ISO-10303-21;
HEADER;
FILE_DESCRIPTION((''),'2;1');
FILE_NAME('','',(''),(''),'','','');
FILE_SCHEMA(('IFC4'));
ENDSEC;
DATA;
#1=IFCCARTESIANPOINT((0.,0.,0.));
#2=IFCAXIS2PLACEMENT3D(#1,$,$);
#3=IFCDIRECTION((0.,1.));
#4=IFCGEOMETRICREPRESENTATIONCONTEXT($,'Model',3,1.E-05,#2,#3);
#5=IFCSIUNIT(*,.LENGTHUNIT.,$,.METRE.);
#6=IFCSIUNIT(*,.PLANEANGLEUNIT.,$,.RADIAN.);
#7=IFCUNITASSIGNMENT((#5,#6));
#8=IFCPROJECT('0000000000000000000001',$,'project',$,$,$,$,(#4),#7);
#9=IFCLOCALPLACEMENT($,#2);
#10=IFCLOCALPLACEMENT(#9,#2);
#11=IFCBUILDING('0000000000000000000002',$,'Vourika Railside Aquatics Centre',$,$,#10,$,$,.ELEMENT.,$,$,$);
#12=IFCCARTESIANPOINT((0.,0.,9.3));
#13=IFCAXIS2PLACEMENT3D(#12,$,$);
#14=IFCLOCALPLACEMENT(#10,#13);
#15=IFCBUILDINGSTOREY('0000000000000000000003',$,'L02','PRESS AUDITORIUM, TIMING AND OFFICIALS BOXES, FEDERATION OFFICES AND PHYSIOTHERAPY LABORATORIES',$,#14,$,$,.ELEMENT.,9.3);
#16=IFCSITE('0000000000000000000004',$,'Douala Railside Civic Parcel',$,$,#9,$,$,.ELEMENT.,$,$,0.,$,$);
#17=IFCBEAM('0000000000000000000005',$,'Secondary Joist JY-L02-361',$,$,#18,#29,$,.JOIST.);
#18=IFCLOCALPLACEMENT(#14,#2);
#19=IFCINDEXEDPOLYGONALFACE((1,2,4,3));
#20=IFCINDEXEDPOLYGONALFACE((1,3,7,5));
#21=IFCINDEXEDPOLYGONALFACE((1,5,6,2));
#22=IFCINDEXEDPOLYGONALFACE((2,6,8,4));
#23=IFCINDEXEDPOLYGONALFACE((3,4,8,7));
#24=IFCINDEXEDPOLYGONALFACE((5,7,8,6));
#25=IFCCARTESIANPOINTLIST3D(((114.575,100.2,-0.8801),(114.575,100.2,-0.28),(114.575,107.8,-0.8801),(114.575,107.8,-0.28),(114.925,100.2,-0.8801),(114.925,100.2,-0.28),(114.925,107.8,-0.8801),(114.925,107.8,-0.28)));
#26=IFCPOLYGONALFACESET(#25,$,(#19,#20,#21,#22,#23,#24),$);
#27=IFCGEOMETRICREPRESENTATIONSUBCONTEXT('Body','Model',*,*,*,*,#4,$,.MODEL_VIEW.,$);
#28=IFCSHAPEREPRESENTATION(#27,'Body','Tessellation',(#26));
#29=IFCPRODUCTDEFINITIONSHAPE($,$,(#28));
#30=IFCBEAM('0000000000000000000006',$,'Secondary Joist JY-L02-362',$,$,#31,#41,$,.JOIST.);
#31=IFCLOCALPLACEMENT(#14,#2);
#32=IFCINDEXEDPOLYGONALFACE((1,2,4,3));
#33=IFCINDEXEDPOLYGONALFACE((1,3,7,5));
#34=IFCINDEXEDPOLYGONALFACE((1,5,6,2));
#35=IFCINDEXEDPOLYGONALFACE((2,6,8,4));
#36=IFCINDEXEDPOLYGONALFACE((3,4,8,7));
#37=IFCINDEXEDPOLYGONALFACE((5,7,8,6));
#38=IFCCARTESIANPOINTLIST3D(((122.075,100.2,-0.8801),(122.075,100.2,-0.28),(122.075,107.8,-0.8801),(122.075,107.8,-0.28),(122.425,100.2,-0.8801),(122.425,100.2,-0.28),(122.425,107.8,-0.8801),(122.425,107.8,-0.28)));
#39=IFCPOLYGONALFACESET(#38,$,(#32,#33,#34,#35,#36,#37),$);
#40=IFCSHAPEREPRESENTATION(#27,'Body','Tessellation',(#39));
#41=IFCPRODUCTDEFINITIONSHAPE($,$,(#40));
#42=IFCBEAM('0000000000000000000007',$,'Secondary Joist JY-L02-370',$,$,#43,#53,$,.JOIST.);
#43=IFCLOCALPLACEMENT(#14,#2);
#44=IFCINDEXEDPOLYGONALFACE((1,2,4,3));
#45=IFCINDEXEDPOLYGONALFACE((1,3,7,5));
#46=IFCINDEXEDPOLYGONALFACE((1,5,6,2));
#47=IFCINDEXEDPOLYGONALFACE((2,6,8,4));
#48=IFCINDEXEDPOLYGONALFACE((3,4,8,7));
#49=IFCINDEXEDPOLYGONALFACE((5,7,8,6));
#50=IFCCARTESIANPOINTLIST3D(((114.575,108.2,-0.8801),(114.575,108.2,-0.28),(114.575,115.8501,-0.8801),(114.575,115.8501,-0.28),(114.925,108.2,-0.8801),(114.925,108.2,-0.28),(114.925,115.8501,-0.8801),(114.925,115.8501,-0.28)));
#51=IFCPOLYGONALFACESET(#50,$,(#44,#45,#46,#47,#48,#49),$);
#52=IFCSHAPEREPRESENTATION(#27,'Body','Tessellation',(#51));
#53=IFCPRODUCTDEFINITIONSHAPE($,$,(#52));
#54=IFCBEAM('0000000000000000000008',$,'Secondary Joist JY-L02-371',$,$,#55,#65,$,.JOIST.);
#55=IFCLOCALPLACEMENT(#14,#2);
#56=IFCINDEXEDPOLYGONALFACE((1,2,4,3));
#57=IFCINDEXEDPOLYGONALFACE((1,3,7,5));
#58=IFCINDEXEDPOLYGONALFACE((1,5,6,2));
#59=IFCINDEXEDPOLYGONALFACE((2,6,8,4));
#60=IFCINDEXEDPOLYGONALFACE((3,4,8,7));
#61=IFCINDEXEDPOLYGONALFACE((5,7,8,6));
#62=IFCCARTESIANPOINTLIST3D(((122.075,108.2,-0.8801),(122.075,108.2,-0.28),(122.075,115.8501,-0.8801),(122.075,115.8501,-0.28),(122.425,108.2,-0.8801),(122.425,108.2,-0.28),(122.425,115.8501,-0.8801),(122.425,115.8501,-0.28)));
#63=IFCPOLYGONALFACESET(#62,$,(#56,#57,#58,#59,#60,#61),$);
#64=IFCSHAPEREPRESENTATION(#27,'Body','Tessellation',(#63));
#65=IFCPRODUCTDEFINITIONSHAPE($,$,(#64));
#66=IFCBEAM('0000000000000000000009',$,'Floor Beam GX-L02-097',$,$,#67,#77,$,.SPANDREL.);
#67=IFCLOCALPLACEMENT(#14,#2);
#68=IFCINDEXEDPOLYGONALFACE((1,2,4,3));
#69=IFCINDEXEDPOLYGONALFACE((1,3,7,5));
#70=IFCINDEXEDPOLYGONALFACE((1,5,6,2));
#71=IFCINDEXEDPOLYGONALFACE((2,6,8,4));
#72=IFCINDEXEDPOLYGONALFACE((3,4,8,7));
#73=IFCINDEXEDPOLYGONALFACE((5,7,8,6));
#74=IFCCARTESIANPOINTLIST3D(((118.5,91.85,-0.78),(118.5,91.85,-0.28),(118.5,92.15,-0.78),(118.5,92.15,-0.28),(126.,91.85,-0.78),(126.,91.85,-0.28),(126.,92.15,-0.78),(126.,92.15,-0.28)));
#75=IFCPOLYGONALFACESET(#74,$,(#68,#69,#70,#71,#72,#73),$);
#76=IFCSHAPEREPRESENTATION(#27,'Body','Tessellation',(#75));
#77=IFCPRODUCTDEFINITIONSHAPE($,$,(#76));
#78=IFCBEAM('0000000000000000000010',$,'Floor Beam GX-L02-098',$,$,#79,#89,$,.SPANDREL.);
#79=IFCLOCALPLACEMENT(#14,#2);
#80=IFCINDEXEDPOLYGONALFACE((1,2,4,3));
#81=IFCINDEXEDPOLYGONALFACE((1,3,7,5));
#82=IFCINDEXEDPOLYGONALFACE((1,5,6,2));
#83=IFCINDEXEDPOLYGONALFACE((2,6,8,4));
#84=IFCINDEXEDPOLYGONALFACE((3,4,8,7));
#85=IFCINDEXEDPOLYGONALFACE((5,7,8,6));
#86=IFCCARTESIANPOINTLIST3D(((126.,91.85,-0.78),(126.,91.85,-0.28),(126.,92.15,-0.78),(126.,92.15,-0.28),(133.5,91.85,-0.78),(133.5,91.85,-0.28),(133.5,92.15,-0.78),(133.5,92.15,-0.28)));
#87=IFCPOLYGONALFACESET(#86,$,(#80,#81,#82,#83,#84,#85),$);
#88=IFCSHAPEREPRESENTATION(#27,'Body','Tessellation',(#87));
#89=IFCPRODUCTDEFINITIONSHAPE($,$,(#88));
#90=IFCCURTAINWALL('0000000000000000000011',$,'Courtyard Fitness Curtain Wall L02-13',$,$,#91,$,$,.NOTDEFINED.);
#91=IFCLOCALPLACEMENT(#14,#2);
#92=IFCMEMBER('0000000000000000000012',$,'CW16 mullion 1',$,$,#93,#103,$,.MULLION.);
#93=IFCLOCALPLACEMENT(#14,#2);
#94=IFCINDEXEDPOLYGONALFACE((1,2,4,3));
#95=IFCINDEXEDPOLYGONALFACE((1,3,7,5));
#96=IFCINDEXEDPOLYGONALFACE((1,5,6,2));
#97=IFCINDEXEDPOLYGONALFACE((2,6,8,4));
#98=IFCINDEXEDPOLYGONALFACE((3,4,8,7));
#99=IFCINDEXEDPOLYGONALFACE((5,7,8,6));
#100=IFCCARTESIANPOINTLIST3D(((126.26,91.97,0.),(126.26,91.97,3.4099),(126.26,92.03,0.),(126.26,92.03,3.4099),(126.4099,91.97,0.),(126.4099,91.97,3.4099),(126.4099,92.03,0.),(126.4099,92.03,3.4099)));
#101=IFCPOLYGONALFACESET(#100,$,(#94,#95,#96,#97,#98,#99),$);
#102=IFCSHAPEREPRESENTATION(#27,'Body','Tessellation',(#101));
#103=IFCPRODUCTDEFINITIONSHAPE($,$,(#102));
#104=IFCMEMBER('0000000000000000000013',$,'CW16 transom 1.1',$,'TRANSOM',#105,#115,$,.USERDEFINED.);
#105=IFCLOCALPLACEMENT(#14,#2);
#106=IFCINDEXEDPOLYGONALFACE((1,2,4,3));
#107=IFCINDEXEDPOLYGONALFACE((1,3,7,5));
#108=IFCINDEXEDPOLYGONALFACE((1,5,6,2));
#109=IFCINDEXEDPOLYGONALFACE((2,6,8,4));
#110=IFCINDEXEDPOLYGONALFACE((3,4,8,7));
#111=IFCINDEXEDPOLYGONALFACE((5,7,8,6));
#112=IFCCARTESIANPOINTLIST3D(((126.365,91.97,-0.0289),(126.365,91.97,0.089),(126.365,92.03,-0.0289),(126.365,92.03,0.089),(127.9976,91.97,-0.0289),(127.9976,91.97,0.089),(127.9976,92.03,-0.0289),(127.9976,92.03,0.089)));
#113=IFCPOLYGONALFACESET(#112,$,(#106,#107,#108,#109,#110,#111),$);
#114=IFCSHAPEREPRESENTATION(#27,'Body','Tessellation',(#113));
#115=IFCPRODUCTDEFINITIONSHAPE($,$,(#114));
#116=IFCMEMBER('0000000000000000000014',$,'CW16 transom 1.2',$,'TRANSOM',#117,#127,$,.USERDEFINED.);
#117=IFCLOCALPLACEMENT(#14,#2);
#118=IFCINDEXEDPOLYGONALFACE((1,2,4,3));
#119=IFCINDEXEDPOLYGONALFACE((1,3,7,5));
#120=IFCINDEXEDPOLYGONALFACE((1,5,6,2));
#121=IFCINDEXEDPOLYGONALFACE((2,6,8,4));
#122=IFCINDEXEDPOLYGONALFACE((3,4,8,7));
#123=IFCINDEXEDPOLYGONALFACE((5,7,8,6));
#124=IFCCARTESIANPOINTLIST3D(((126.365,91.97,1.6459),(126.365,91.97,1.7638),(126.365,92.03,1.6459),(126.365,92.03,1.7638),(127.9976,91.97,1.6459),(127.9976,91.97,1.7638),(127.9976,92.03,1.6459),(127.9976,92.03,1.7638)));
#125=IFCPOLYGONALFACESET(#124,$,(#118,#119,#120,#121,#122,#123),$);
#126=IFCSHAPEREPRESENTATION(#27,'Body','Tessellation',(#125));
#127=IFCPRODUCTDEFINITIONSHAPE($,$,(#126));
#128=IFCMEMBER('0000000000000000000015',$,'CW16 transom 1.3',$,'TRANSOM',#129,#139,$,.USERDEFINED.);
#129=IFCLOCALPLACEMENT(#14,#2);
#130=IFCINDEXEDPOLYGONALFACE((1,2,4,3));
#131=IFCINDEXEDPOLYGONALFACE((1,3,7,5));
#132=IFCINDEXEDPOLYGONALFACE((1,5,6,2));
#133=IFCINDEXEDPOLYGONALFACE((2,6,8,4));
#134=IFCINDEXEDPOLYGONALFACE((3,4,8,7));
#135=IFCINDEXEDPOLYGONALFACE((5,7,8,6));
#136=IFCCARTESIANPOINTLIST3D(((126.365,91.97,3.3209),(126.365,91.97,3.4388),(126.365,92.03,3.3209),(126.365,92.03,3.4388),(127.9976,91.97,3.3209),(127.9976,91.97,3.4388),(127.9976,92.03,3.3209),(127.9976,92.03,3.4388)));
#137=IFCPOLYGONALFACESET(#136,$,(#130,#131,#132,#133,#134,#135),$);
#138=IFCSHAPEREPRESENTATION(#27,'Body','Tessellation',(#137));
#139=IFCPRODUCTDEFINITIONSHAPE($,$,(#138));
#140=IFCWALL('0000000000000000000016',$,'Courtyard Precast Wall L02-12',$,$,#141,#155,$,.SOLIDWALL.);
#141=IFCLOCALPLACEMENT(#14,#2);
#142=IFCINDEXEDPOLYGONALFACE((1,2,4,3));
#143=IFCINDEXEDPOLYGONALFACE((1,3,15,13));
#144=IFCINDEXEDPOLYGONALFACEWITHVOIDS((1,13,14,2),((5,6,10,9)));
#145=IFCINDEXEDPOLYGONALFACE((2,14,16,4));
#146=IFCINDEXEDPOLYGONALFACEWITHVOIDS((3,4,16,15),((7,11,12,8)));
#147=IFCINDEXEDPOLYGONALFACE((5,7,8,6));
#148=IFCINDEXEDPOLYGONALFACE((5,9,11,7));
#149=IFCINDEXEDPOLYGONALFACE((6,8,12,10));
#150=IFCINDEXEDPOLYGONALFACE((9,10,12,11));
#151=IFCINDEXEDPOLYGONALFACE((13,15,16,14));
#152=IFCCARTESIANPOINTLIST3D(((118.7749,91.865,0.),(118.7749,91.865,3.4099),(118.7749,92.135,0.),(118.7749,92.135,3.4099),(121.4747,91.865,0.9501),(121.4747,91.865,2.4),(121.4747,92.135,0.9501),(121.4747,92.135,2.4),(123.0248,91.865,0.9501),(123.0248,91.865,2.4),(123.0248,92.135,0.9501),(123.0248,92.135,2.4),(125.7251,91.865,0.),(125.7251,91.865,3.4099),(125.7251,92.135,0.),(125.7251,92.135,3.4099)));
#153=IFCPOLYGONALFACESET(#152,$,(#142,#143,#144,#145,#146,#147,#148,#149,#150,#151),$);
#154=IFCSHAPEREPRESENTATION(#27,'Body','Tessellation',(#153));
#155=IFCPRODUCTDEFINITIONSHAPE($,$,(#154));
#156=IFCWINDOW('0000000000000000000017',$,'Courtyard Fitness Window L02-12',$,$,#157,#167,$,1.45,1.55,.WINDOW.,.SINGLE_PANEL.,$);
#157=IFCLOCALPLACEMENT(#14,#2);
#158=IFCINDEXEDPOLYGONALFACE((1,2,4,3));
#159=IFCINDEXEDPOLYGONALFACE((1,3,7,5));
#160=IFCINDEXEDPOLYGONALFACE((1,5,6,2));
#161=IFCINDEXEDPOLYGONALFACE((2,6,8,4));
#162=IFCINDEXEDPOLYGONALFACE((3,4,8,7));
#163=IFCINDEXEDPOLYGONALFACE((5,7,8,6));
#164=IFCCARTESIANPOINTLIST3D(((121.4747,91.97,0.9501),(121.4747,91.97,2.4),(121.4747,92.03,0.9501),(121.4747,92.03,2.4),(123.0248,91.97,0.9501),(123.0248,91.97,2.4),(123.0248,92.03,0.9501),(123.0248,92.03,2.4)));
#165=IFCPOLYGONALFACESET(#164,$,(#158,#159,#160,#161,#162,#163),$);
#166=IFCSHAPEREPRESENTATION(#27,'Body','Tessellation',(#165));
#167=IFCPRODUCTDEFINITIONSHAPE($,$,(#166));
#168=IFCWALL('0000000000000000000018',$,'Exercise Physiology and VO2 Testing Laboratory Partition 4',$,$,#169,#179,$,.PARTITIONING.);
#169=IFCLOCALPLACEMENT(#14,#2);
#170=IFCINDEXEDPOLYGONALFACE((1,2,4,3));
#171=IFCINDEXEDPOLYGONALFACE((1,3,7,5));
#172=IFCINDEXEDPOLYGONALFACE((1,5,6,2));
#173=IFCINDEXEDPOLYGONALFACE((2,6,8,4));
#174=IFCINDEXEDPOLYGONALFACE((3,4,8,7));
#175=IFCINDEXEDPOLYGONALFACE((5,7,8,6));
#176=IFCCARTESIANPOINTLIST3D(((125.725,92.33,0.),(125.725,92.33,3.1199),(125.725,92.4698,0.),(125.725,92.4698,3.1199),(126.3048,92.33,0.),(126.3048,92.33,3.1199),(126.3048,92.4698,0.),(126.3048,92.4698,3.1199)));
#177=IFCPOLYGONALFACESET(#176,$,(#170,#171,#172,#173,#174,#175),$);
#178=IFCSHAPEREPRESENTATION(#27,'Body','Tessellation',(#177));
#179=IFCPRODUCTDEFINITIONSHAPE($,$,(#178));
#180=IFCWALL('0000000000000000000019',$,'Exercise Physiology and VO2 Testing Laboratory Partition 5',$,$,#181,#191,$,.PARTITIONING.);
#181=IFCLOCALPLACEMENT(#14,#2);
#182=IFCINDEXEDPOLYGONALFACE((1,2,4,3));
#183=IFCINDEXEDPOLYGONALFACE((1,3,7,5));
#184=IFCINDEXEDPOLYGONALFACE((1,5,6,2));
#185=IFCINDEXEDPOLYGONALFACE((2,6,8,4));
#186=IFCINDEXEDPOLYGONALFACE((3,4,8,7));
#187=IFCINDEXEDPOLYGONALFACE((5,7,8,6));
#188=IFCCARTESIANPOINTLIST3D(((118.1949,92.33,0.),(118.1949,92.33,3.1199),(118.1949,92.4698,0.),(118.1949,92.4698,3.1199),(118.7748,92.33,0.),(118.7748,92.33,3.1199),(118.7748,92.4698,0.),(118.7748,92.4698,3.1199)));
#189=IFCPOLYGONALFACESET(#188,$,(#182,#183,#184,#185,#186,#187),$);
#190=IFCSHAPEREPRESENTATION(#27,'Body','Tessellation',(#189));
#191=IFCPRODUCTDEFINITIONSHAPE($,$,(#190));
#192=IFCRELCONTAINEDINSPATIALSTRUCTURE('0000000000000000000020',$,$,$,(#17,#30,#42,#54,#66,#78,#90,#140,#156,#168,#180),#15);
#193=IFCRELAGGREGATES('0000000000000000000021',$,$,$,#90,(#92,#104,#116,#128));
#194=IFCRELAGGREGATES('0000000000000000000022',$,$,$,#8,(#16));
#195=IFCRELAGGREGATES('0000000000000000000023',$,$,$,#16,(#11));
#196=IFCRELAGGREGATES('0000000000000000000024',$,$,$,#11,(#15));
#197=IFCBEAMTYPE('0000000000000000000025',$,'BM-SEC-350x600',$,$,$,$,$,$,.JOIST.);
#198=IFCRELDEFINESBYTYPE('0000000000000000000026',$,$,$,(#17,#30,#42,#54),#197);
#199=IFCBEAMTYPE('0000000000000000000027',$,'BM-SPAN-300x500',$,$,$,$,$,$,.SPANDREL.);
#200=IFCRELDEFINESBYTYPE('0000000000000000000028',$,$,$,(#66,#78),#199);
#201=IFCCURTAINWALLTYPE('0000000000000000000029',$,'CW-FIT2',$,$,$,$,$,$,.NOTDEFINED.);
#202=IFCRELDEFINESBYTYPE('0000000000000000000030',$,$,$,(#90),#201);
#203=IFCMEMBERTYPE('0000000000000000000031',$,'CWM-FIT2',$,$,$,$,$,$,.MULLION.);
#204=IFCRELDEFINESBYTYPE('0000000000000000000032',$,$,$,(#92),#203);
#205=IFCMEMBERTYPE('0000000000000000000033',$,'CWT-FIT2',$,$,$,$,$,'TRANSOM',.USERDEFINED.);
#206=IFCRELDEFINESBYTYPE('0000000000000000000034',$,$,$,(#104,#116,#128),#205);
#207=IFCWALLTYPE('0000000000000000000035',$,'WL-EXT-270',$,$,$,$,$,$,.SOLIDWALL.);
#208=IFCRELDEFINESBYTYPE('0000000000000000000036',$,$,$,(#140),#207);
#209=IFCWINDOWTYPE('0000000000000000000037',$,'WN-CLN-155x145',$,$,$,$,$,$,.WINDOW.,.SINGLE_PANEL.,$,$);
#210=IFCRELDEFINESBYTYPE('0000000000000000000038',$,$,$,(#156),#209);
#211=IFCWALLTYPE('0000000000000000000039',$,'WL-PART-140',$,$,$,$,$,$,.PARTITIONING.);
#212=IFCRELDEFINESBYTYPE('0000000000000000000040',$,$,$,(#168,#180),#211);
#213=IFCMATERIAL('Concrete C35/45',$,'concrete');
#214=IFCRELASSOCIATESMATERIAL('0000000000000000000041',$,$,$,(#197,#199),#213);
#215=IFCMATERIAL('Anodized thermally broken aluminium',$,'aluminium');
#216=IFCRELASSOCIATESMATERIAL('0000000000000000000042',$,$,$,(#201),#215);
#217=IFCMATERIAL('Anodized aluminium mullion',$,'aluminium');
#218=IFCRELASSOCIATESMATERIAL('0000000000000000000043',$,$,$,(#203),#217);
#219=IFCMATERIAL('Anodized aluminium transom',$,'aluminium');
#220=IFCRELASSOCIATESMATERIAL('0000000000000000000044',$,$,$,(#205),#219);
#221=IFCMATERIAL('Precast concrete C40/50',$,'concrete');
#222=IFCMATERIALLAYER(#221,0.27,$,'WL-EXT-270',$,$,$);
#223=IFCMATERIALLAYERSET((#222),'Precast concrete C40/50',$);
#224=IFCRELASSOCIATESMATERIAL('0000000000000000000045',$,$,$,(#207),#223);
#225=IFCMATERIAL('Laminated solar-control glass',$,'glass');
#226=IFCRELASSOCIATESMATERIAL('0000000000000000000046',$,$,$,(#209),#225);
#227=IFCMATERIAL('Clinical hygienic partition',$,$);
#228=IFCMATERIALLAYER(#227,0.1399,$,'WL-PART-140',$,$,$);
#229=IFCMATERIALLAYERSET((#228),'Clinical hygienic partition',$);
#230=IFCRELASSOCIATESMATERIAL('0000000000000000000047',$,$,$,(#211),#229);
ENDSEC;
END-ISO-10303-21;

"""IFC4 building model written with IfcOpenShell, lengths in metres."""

from ifc_helpers import new_model, si_unit, direction, frame, frame_2d, origin, origin_2d, place, context, subcontext, project, spatial, rectangle, extrude, material, layer, layer_set, material_profile, profile_set, type_object, element, fill, aggregate, save


model = new_model("IFC4")

# Units and contexts
model_context = context("Model", 3, precision=1e-05, world=origin(), true_north=direction((0.0, 1.0)))
body_context = subcontext(model_context, "Body", "Model", "MODEL_VIEW")
ifc_project = project(units=[si_unit("LENGTHUNIT", "METRE"), si_unit("PLANEANGLEUNIT", "RADIAN")], contexts=[model_context])

# Site, building, storey
site_placement = place(None, origin())
site = spatial("IfcSite", under=ifc_project, at=site_placement, Name="Douala Railside Civic Parcel", CompositionType="ELEMENT", RefElevation=0.0)
building_placement = place(site_placement, origin())
building = spatial("IfcBuilding", under=site, at=building_placement, Name="Vourika Railside Aquatics Centre", CompositionType="ELEMENT")
storey_placement = place(building_placement, frame((0.0, 0.0, 9.3)))
storey = spatial("IfcBuildingStorey", under=building, at=storey_placement, Name="L02", Description="PRESS AUDITORIUM, TIMING AND OFFICIALS BOXES, FEDERATION OFFICES AND PHYSIOTHERAPY LABORATORIES", CompositionType="ELEMENT", Elevation=9.3)

# Shared definitions
ifc_material_1 = material(Name="Concrete C35/45", Category="concrete")

# Beams
ifc_material_profile_1 = material_profile(ifc_material_1, rectangle(XDim=0.3501, YDim=0.6001, at=origin_2d()), Name="RC 350x600")
ifc_profile_set_1 = profile_set([ifc_material_profile_1], Name="Concrete C35/45")
beam_type_1 = type_object("IfcBeamType", Name="BM-SEC-350x600", PredefinedType="JOIST", material=ifc_profile_set_1)
for number, where, z_axis, x_axis, name in (
    (1, (114.75, 100.2, -0.5801), (0.0, 1.0, 0.0), (-1.0, 0.0, 0.0), "Secondary Joist JY-L02-361"),
    (2, (122.25, 100.2, -0.5801), (0.0, 1.0, 0.0), (-1.0, 0.0, 0.0), "Secondary Joist JY-L02-362"),
):
    element("IfcBeam", number, at=place(storey_placement, frame(where, z_axis=z_axis, x_axis=x_axis)), inside=storey, type_object=beam_type_1, Name=name, PredefinedType="JOIST", context=body_context, shape_type="SweptSolid", body=[
        extrude(rectangle(XDim=0.3501, YDim=0.6001, at=origin_2d()), origin(), (0.0, 0.0, 1.0), 7.6001),
    ])
for number, where, z_axis, x_axis, name in (
    (3, (114.75, 108.2, -0.5801), (0.0, 1.0, 0.0), (-1.0, 0.0, 0.0), "Secondary Joist JY-L02-370"),
    (4, (122.25, 108.2, -0.5801), (0.0, 1.0, 0.0), (-1.0, 0.0, 0.0), "Secondary Joist JY-L02-371"),
):
    element("IfcBeam", number, at=place(storey_placement, frame(where, z_axis=z_axis, x_axis=x_axis)), inside=storey, type_object=beam_type_1, Name=name, PredefinedType="JOIST", context=body_context, shape_type="SweptSolid", body=[
        extrude(rectangle(XDim=0.3501, YDim=0.6001, at=origin_2d()), origin(), (0.0, 0.0, 1.0), 7.6501),
    ])
ifc_material_profile_2 = material_profile(ifc_material_1, rectangle(XDim=0.3, YDim=0.5, at=origin_2d()), Name="RC 300x500")
ifc_profile_set_2 = profile_set([ifc_material_profile_2], Name="Concrete C35/45")
beam_type_2 = type_object("IfcBeamType", Name="BM-SPAN-300x500", PredefinedType="SPANDREL", material=ifc_profile_set_2)
for number, where, z_axis, x_axis, name in (
    (5, (118.5, 92.0, -0.53), (1.0, 0.0, 0.0), (0.0, 1.0, 0.0), "Floor Beam GX-L02-097"),
    (6, (126.0, 92.0, -0.53), (1.0, 0.0, 0.0), (0.0, 1.0, 0.0), "Floor Beam GX-L02-098"),
):
    element("IfcBeam", number, at=place(storey_placement, frame(where, z_axis=z_axis, x_axis=x_axis)), inside=storey, type_object=beam_type_2, Name=name, PredefinedType="SPANDREL", context=body_context, shape_type="SweptSolid", body=[
        extrude(rectangle(XDim=0.3, YDim=0.5, at=origin_2d()), origin(), (0.0, 0.0, 1.0), 7.5),
    ])

# Curtain wall, members
ifc_material_2 = material(Name="Anodized thermally broken aluminium", Category="aluminium")
curtain_wall_type = type_object("IfcCurtainWallType", Name="CW-FIT2", PredefinedType="NOTDEFINED", material=ifc_material_2)
curtain_wall_placement = place(storey_placement, origin())
curtain_wall = element("IfcCurtainWall", 7, at=curtain_wall_placement, inside=storey, type_object=curtain_wall_type, Name="Courtyard Fitness Curtain Wall L02-13", PredefinedType="NOTDEFINED")
ifc_material_3 = material(Name="Anodized aluminium mullion", Category="aluminium")
ifc_material_profile_3 = material_profile(ifc_material_3, rectangle(XDim=0.0601, YDim=0.1499, at=origin_2d()), Name="ALU-M 60x150")
ifc_profile_set_3 = profile_set([ifc_material_profile_3], Name="Anodized aluminium mullion")
member_type_1 = type_object("IfcMemberType", Name="CWM-FIT2", PredefinedType="MULLION", material=ifc_profile_set_3)
member_1_placement = place(storey_placement, frame((126.335, 92.0, 0.0), z_axis=(0.0, 0.0, 1.0), x_axis=(0.0, 1.0, 0.0)))
member_1 = element("IfcMember", 8, at=member_1_placement, type_object=member_type_1, Name="CW16 mullion 1", PredefinedType="MULLION", context=body_context, shape_type="SweptSolid", body=[
    extrude(rectangle(XDim=0.0601, YDim=0.1499, at=origin_2d()), origin(), (0.0, 0.0, 1.0), 3.4099),
])
ifc_material_4 = material(Name="Anodized aluminium transom", Category="aluminium")
ifc_material_profile_4 = material_profile(ifc_material_4, rectangle(XDim=0.0601, YDim=0.1179, at=origin_2d()), Name="ALU-T 60x118")
ifc_profile_set_4 = profile_set([ifc_material_profile_4], Name="Anodized aluminium transom")
member_type_2 = type_object("IfcMemberType", Name="CWT-FIT2", ElementType="TRANSOM", PredefinedType="USERDEFINED", material=ifc_profile_set_4)
member_2_placement = place(storey_placement, frame((126.365, 92.0, 0.03), z_axis=(1.0, 0.0, 0.0), x_axis=(0.0, 1.0, 0.0)))
member_2 = element("IfcMember", 9, at=member_2_placement, type_object=member_type_2, Name="CW16 transom 1.1", ObjectType="TRANSOM", PredefinedType="USERDEFINED", context=body_context, shape_type="SweptSolid", body=[
    extrude(rectangle(XDim=0.0601, YDim=0.1179, at=origin_2d()), origin(), (0.0, 0.0, 1.0), 1.6326),
])
member_3_placement = place(storey_placement, frame((126.365, 92.0, 1.7048), z_axis=(1.0, 0.0, 0.0), x_axis=(0.0, 1.0, 0.0)))
member_3 = element("IfcMember", 10, at=member_3_placement, type_object=member_type_2, Name="CW16 transom 1.2", ObjectType="TRANSOM", PredefinedType="USERDEFINED", context=body_context, shape_type="SweptSolid", body=[
    extrude(rectangle(XDim=0.0601, YDim=0.1179, at=origin_2d()), origin(), (0.0, 0.0, 1.0), 1.6326),
])
member_4_placement = place(storey_placement, frame((126.365, 92.0, 3.3799), z_axis=(1.0, 0.0, 0.0), x_axis=(0.0, 1.0, 0.0)))
member_4 = element("IfcMember", 11, at=member_4_placement, type_object=member_type_2, Name="CW16 transom 1.3", ObjectType="TRANSOM", PredefinedType="USERDEFINED", context=body_context, shape_type="SweptSolid", body=[
    extrude(rectangle(XDim=0.0601, YDim=0.1179, at=origin_2d()), origin(), (0.0, 0.0, 1.0), 1.6326),
])
aggregate(curtain_wall, [member_1, member_2, member_3, member_4])

# Wall, opening, window
ifc_material_5 = material(Name="Precast concrete C40/50", Category="concrete")
ifc_layer_1 = layer(ifc_material_5, 0.27, Name="WL-EXT-270")
ifc_layer_set_1 = layer_set([ifc_layer_1], Name="Precast concrete C40/50")
wall_type_1 = type_object("IfcWallType", Name="WL-EXT-270", PredefinedType="SOLIDWALL", material=ifc_layer_set_1)
wall_placement = place(storey_placement, frame((118.7749, 92.0, 0.0), z_axis=(0.0, 0.0, 1.0), x_axis=(1.0, 0.0, 0.0)))
wall = element("IfcWall", 12, at=wall_placement, inside=storey, type_object=wall_type_1, Name="Courtyard Precast Wall L02-12", PredefinedType="SOLIDWALL", context=body_context, shape_type="SweptSolid", body=[
    extrude(rectangle(XDim=6.9502, YDim=0.27, at=frame_2d((3.4751, 0.0))), origin(), (0.0, 0.0, 1.0), 3.4099),
])
opening_placement = place(wall_placement, frame((2.7, 0.0, 0.95)))
opening = element("IfcOpeningElement", 13, at=opening_placement, cuts=wall, PredefinedType="OPENING", context=body_context, shape_type="SweptSolid", body=[
    extrude(rectangle(XDim=1.55, YDim=1.45, at=frame_2d((0.7749, 0.7251))), frame((0.0, 0.145, 0.0), z_axis=(0.0, -1.0, 0.0), x_axis=(1.0, 0.0, 0.0)), (0.0, 0.0, 1.0), 0.29),
])
ifc_material_6 = material(Name="Laminated solar-control glass", Category="glass")
window_type = type_object("IfcWindowType", Name="WN-CLN-155x145", PartitioningType="SINGLE_PANEL", PredefinedType="WINDOW", material=ifc_material_6)
window_placement = place(opening_placement, origin())
window = element("IfcWindow", 14, at=window_placement, inside=storey, type_object=window_type, Name="Courtyard Fitness Window L02-12", OverallHeight=1.45, OverallWidth=1.55, PartitioningType="SINGLE_PANEL", PredefinedType="WINDOW", context=body_context, shape_type="SweptSolid", body=[
    extrude(rectangle(XDim=1.55, YDim=1.45, at=frame_2d((0.7749, 0.7251))), frame((0.0, 0.03, 0.0), z_axis=(0.0, -1.0, 0.0), x_axis=(1.0, 0.0, 0.0)), (0.0, 0.0, 1.0), 0.0601),
])
fill(opening, window)

# Walls
ifc_material_7 = material(Name="Clinical hygienic partition")
ifc_layer_2 = layer(ifc_material_7, 0.1399, Name="WL-PART-140")
ifc_layer_set_2 = layer_set([ifc_layer_2], Name="Clinical hygienic partition")
wall_type_2 = type_object("IfcWallType", Name="WL-PART-140", PredefinedType="PARTITIONING", material=ifc_layer_set_2)
for number, where, z_axis, x_axis, name in (
    (15, (126.3049, 92.3999, 0.0), (0.0, 0.0, 1.0), (-1.0, 0.0, 0.0), "Exercise Physiology and VO2 Testing Laboratory Partition 4"),
    (16, (118.7749, 92.3999, 0.0), (0.0, 0.0, 1.0), (-1.0, 0.0, 0.0), "Exercise Physiology and VO2 Testing Laboratory Partition 5"),
):
    element("IfcWall", number, at=place(storey_placement, frame(where, z_axis=z_axis, x_axis=x_axis)), inside=storey, type_object=wall_type_2, Name=name, PredefinedType="PARTITIONING", context=body_context, shape_type="SweptSolid", body=[
        extrude(rectangle(XDim=0.5798, YDim=0.1399, at=frame_2d((0.29, 0.0))), origin(), (0.0, 0.0, 1.0), 3.1199),
    ])

save(model, "model.ifc")
